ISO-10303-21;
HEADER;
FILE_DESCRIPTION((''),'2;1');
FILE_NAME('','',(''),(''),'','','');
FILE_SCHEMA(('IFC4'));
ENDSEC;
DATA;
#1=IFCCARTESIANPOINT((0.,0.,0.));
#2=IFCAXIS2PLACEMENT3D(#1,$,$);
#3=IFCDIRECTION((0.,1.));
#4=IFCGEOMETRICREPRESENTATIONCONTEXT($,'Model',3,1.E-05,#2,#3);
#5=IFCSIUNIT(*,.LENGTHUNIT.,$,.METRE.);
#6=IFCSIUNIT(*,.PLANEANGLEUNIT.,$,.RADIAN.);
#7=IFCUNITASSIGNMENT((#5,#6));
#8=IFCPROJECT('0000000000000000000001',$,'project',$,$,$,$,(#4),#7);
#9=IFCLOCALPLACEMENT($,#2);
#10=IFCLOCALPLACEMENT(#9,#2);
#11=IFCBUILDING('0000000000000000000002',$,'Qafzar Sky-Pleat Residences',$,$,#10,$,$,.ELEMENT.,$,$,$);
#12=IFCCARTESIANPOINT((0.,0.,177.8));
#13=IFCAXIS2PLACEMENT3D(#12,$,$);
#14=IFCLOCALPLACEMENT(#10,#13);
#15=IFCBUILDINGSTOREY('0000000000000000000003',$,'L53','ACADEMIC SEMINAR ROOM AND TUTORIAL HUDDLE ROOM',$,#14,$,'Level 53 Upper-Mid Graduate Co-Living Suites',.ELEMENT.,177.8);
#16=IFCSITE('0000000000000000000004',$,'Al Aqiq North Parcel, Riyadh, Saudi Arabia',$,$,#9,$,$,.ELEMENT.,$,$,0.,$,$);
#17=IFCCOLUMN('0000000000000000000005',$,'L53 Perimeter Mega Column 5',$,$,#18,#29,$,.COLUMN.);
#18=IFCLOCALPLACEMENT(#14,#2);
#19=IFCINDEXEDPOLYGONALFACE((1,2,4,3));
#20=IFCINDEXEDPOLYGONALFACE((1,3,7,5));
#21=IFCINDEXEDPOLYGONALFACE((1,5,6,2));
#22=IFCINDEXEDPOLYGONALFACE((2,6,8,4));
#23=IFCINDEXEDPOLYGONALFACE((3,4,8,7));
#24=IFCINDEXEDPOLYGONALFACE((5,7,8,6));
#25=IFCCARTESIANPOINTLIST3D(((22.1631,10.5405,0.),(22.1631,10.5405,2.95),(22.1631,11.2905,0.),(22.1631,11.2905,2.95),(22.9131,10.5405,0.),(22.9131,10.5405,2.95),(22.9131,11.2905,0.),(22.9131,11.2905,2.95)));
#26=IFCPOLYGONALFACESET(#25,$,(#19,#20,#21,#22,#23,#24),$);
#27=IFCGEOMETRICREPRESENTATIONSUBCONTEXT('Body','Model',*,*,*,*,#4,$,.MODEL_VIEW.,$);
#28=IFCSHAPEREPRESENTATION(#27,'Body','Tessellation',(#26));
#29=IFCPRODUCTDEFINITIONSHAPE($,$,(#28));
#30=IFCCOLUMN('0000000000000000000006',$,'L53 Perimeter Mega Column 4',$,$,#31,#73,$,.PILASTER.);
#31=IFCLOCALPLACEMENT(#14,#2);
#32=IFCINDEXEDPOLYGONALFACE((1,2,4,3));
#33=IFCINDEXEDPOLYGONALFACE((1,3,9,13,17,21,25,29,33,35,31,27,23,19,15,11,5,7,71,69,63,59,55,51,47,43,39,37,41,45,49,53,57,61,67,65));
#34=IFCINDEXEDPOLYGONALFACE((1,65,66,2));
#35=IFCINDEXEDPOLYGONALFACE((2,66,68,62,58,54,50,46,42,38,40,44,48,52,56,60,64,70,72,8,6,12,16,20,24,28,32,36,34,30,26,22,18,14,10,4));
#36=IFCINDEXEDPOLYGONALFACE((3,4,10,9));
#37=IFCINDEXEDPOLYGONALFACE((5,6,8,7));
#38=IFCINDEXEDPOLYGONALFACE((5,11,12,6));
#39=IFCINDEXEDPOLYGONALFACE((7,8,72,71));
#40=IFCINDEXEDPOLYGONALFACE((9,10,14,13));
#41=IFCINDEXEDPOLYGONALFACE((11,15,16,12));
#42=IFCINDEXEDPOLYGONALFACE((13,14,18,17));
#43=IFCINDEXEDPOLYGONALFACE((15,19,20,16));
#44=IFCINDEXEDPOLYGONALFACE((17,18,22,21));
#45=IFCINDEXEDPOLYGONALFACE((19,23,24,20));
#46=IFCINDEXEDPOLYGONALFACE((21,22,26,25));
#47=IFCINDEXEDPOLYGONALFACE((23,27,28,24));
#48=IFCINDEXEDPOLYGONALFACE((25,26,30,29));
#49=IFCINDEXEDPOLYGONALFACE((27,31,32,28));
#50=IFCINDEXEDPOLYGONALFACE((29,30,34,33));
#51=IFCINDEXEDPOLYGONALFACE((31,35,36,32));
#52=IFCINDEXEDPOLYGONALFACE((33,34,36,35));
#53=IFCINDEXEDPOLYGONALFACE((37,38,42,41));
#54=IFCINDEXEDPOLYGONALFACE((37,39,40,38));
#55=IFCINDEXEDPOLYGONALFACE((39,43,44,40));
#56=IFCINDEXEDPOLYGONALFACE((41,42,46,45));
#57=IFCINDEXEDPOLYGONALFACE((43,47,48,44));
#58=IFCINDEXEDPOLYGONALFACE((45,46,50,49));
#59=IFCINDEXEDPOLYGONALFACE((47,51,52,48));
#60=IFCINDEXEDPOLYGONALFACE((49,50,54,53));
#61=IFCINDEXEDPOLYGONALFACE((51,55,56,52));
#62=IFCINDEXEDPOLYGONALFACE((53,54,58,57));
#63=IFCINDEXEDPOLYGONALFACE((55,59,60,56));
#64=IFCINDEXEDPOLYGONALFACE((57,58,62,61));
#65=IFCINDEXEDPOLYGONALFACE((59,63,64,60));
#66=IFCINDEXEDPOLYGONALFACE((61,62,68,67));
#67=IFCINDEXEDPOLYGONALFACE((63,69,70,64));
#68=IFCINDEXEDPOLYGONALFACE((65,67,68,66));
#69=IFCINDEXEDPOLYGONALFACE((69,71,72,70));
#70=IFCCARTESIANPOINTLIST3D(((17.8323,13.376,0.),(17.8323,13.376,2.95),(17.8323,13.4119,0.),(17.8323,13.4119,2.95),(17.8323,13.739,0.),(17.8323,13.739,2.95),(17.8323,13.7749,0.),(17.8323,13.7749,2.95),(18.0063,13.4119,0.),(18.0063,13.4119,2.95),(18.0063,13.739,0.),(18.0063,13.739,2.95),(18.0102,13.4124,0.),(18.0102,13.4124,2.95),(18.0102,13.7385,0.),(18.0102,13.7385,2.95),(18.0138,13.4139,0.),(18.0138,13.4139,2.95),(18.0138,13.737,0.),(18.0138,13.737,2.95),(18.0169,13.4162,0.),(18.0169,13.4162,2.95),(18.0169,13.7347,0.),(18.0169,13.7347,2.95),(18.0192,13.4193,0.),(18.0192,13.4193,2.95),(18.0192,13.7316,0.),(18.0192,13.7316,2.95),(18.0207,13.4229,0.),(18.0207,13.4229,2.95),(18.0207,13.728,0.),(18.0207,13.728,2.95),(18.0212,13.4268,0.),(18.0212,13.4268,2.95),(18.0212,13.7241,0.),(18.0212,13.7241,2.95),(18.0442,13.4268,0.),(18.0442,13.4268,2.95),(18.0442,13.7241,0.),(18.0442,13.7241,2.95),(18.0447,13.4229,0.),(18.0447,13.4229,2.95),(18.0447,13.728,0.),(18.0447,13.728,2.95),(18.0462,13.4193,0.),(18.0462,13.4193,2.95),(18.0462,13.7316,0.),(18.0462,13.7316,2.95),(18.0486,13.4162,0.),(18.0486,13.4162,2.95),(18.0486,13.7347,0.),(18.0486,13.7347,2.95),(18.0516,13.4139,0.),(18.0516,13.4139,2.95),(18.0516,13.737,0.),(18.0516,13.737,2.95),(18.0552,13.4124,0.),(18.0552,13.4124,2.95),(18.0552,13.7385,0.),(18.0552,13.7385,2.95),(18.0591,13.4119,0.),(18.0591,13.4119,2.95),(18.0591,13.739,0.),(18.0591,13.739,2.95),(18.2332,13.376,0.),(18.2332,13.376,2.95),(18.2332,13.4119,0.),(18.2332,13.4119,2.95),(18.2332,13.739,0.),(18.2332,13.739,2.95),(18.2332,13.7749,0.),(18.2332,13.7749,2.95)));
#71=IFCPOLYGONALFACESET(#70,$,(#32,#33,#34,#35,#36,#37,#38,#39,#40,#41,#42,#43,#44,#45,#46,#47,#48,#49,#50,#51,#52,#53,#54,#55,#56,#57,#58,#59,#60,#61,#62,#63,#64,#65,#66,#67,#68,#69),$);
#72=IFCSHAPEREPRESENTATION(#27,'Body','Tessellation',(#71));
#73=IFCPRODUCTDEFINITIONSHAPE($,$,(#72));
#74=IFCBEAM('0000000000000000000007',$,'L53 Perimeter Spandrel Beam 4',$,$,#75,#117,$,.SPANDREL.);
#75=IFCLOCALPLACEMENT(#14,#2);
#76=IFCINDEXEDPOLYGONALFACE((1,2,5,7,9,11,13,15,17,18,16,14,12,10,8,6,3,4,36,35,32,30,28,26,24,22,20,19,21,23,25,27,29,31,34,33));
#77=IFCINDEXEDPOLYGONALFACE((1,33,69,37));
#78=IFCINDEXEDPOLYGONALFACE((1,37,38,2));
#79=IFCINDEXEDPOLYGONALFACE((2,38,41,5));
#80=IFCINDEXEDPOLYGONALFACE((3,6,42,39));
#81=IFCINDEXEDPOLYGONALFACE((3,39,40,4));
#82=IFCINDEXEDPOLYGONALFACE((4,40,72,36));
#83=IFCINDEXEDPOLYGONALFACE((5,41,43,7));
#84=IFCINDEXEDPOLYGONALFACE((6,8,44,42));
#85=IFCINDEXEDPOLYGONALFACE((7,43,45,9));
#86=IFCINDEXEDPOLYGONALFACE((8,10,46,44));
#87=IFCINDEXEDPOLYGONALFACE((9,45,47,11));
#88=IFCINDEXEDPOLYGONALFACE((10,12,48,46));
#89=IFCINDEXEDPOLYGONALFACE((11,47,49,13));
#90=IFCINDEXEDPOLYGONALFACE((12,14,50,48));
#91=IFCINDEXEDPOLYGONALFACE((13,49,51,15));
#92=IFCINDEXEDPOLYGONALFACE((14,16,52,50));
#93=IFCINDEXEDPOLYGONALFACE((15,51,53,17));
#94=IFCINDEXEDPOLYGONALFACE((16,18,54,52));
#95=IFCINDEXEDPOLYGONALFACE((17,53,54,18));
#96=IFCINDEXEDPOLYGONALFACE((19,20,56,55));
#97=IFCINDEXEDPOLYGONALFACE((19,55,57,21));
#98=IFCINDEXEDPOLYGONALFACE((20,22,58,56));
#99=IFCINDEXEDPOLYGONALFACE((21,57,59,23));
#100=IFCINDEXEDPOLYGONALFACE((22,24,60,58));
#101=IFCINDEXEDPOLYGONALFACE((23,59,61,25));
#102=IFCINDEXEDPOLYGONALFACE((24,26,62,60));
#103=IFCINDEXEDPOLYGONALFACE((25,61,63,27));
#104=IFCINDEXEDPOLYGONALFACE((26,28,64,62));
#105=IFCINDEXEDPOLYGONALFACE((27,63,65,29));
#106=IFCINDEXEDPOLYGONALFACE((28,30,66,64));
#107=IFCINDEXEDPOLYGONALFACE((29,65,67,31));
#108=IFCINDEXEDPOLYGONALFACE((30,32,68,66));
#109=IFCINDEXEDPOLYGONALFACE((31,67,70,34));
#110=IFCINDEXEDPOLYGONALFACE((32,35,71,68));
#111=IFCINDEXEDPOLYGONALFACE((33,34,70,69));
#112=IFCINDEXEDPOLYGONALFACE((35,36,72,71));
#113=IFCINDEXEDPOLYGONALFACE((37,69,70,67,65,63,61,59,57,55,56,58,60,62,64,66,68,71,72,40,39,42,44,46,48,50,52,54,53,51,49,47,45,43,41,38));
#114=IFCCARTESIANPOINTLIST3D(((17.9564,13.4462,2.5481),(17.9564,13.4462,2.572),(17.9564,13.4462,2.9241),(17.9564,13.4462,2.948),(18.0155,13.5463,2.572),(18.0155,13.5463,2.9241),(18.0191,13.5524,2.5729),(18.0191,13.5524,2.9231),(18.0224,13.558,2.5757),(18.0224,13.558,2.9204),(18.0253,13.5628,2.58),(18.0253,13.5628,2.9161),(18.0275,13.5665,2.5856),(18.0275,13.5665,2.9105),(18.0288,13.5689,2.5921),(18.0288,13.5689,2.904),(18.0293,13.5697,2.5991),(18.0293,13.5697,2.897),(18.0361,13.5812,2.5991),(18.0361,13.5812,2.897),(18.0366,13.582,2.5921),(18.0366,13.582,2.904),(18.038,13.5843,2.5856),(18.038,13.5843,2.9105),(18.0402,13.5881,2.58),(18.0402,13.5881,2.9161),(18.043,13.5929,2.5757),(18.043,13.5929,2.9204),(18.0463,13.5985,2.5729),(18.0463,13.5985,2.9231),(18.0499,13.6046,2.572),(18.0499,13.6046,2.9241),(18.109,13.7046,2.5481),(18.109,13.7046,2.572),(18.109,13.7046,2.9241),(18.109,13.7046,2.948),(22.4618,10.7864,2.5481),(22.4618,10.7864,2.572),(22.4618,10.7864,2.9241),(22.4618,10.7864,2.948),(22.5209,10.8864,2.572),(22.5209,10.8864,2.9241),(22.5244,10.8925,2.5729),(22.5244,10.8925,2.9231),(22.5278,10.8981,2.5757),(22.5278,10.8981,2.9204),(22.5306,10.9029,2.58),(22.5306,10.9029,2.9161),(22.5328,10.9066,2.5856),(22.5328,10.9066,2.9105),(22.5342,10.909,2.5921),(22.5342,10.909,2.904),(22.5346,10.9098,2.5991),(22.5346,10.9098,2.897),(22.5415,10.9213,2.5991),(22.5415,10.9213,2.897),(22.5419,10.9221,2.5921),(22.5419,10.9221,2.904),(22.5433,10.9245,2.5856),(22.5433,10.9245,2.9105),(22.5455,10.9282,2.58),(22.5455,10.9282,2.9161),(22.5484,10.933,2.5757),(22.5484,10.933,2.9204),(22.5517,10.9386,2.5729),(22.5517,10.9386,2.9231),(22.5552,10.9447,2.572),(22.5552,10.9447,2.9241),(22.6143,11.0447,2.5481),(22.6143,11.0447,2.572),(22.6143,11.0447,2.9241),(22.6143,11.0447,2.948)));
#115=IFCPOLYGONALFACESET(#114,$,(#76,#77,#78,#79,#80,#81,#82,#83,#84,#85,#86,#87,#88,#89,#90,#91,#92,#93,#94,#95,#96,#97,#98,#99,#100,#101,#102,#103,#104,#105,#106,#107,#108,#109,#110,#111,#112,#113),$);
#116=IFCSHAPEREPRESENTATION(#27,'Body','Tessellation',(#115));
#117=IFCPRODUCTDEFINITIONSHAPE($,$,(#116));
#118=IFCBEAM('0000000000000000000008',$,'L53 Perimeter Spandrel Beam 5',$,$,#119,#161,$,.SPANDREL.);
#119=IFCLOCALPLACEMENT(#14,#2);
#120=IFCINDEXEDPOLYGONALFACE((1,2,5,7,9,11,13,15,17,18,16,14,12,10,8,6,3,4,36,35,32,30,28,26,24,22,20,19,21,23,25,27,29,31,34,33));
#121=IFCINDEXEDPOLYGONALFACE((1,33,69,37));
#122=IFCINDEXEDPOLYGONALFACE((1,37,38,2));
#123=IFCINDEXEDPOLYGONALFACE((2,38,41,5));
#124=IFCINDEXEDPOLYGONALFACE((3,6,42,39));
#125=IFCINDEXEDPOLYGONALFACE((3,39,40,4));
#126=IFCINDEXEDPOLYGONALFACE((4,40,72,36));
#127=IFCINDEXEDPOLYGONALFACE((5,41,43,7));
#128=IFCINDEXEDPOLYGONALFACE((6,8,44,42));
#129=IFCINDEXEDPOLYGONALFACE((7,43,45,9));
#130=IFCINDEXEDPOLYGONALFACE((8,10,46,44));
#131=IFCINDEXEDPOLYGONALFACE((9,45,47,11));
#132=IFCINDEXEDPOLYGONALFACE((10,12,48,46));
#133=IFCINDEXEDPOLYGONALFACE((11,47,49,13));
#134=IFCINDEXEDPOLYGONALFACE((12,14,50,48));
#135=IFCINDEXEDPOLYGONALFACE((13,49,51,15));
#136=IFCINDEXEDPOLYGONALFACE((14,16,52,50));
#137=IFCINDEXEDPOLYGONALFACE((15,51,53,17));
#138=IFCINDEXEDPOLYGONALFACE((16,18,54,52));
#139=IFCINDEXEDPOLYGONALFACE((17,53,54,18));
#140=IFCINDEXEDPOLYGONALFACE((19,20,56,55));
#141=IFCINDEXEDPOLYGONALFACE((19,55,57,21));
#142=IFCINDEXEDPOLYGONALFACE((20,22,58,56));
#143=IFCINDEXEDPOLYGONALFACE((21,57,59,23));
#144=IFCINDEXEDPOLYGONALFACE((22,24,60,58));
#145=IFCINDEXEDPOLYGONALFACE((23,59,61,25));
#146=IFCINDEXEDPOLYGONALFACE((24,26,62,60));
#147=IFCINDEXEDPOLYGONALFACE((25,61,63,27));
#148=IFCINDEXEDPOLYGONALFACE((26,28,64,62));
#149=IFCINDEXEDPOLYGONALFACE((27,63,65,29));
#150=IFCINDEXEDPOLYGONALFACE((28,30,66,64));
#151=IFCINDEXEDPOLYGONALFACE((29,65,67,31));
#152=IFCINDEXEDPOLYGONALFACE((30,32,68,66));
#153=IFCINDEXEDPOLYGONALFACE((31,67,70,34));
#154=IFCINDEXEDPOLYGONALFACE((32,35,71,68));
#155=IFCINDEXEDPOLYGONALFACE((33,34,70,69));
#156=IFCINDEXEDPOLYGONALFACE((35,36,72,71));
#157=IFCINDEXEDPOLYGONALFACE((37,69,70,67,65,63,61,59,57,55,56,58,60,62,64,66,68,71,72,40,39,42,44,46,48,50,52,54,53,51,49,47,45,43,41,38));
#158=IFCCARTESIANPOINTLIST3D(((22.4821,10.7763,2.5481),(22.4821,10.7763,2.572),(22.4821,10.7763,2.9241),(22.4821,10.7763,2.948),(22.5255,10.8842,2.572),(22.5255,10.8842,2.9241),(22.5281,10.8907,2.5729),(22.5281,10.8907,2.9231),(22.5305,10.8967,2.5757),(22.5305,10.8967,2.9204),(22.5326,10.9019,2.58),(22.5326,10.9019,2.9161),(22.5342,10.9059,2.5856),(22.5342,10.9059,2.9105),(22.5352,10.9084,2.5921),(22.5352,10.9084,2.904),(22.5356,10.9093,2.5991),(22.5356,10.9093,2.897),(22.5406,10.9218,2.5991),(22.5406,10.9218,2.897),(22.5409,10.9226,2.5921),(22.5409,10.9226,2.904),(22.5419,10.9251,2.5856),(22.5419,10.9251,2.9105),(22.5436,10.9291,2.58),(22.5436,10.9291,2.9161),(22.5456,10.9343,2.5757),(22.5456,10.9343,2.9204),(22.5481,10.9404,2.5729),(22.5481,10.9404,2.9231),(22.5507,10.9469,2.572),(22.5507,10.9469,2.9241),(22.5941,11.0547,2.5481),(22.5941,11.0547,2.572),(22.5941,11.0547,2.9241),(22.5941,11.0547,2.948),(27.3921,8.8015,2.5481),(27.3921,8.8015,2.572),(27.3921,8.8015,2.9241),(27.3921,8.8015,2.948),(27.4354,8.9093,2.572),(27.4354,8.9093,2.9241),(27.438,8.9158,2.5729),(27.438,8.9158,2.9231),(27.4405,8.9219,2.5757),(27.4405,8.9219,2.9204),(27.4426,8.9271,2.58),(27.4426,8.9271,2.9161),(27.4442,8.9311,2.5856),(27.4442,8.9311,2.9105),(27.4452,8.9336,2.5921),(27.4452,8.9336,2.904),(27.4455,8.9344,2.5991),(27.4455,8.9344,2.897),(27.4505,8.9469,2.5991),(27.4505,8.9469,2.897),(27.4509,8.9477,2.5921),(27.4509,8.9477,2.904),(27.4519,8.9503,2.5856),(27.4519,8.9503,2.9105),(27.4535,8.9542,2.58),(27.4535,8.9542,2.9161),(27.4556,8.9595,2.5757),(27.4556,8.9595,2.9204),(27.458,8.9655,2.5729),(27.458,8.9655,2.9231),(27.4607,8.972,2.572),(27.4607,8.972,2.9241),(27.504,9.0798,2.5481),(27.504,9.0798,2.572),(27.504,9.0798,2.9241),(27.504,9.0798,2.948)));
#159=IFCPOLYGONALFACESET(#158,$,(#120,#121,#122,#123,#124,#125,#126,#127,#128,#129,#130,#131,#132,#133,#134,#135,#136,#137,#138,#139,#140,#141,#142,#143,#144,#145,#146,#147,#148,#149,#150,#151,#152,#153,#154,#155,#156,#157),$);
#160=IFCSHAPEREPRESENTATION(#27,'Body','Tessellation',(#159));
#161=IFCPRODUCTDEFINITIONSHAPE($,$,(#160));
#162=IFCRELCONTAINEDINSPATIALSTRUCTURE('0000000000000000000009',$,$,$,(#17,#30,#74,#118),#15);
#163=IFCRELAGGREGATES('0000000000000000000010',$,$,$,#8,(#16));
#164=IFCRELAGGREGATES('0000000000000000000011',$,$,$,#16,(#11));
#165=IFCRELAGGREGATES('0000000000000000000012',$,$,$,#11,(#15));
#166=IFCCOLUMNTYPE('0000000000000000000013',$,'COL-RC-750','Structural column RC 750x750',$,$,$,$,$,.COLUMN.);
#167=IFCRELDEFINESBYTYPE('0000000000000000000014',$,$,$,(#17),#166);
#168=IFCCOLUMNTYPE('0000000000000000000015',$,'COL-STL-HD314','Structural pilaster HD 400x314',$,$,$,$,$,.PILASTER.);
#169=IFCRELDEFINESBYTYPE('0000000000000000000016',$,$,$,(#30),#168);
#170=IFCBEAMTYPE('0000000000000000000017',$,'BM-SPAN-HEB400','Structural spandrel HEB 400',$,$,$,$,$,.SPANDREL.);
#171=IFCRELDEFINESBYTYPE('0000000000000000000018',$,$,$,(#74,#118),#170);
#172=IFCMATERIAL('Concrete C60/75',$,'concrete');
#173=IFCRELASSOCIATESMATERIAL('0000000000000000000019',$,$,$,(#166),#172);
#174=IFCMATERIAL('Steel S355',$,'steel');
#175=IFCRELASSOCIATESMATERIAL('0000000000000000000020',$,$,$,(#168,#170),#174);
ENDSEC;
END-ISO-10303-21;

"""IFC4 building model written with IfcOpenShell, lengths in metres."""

from ifc_helpers import new_model, si_unit, direction, frame, origin, origin_2d, place, context, subcontext, project, spatial, rectangle, i_section, extrude, source, transform, mapped, material, material_profile, profile_set, type_object, element, save


model = new_model("IFC4")

# Units and contexts
model_context = context("Model", 3, precision=1e-05, world=origin(), true_north=direction((0.0, 1.0)))
body_context = subcontext(model_context, "Body", "Model", "MODEL_VIEW")
ifc_project = project(units=[si_unit("LENGTHUNIT", "METRE"), si_unit("PLANEANGLEUNIT", "RADIAN")], contexts=[model_context])

# Site, building, storey
site_placement = place(None, origin())
site = spatial("IfcSite", under=ifc_project, at=site_placement, Name="Al Aqiq North Parcel, Riyadh, Saudi Arabia", CompositionType="ELEMENT", RefElevation=0.0)
building_placement = place(site_placement, origin())
building = spatial("IfcBuilding", under=site, at=building_placement, Name="Qafzar Sky-Pleat Residences", CompositionType="ELEMENT")
storey_placement = place(building_placement, frame((0.0, 0.0, 177.8)))
storey = spatial("IfcBuildingStorey", under=building, at=storey_placement, Name="L53", Description="ACADEMIC SEMINAR ROOM AND TUTORIAL HUDDLE ROOM", LongName="Level 53 Upper-Mid Graduate Co-Living Suites", CompositionType="ELEMENT", Elevation=177.8)

# Columns
ifc_material_1 = material(Name="Concrete C60/75", Category="concrete")
ifc_material_profile_1 = material_profile(ifc_material_1, rectangle(XDim=0.75, YDim=0.75, at=origin_2d()), Name="RC 750x750")
ifc_profile_set_1 = profile_set([ifc_material_profile_1], Name="Concrete C60/75")
column_type_1 = type_object("IfcColumnType", Name="COL-RC-750", Description="Structural column RC 750x750", PredefinedType="COLUMN", material=ifc_profile_set_1)
shared_shape_1 = source(origin(), body_context, "Body", "SweptSolid", [
    extrude(rectangle(XDim=0.75, YDim=0.75, at=origin_2d()), origin(), (0.0, 0.0, 1.0), 2.95),
])
column_1_placement = place(storey_placement, frame((22.5381, 10.9155, 0.0), z_axis=(0.0, 0.0, 1.0), x_axis=(1.0, 0.0, 0.0)))
element("IfcColumn", 1, at=column_1_placement, inside=storey, type_object=column_type_1, Name="L53 Perimeter Mega Column 5", PredefinedType="COLUMN", context=body_context, shape_type="MappedRepresentation", body=[
    mapped(shared_shape_1, transform((0.0, 0.0, 0.0), x_axis=(1.0, 0.0, 0.0), y_axis=(0.0, 1.0, 0.0), z_axis=(0.0, 0.0, 1.0), scale=1.0)),
])
ifc_material_2 = material(Name="Steel S355", Category="steel")
ifc_material_profile_2 = material_profile(ifc_material_2, i_section(OverallWidth=0.4009, OverallDepth=0.3989, WebThickness=0.0229, FlangeThickness=0.0359, FilletRadius=0.0149, at=origin_2d()), Name="HD 400x314")
ifc_profile_set_2 = profile_set([ifc_material_profile_2], Name="Steel S355")
column_type_2 = type_object("IfcColumnType", Name="COL-STL-HD314", Description="Structural pilaster HD 400x314", PredefinedType="PILASTER", material=ifc_profile_set_2)
shared_shape_2 = source(origin(), body_context, "Body", "SweptSolid", [
    extrude(i_section(OverallWidth=0.4009, OverallDepth=0.3989, WebThickness=0.0229, FlangeThickness=0.0359, FilletRadius=0.0149, at=origin_2d()), origin(), (0.0, 0.0, 1.0), 2.95),
])
column_2_placement = place(storey_placement, frame((18.0327, 13.5754, 0.0), z_axis=(0.0, 0.0, 1.0), x_axis=(1.0, 0.0, 0.0)))
element("IfcColumn", 2, at=column_2_placement, inside=storey, type_object=column_type_2, Name="L53 Perimeter Mega Column 4", PredefinedType="PILASTER", context=body_context, shape_type="MappedRepresentation", body=[
    mapped(shared_shape_2, transform((0.0, 0.0, 0.0), x_axis=(1.0, 0.0, 0.0), y_axis=(0.0, 1.0, 0.0), z_axis=(0.0, 0.0, 1.0), scale=1.0)),
])

# Beams
ifc_material_profile_3 = material_profile(ifc_material_2, i_section(OverallWidth=0.3, OverallDepth=0.3999, WebThickness=0.0134, FlangeThickness=0.0239, FilletRadius=0.0271, at=origin_2d()), Name="HEB 400")
ifc_profile_set_3 = profile_set([ifc_material_profile_3], Name="Steel S355")
beam_type_1 = type_object("IfcBeamType", Name="BM-SPAN-HEB400", Description="Structural spandrel HEB 400", PredefinedType="SPANDREL", material=ifc_profile_set_3)
shared_shape_3 = source(origin(), body_context, "Body", "SweptSolid", [
    extrude(i_section(OverallWidth=0.3, OverallDepth=0.3999, WebThickness=0.0134, FlangeThickness=0.0239, FilletRadius=0.0271, at=origin_2d()), origin(), (0.0, 0.0, 1.0), 5.2319),
])
beam_1_placement = place(storey_placement, frame((18.0327, 13.5754, 2.748), z_axis=(0.861123, -0.508396, 0.0), x_axis=(0.508396, 0.861123, 0.0)))
element("IfcBeam", 3, at=beam_1_placement, inside=storey, type_object=beam_type_1, Name="L53 Perimeter Spandrel Beam 4", PredefinedType="SPANDREL", context=body_context, shape_type="MappedRepresentation", body=[
    mapped(shared_shape_3, transform((0.0, 0.0, 0.0), x_axis=(1.0, 0.0, 0.0), y_axis=(0.0, 1.0, 0.0), z_axis=(0.0, 0.0, 1.0), scale=1.0)),
])
shared_shape_4 = source(origin(), body_context, "Body", "SweptSolid", [
    extrude(i_section(OverallWidth=0.3, OverallDepth=0.3999, WebThickness=0.0134, FlangeThickness=0.0239, FilletRadius=0.0271, at=origin_2d()), origin(), (0.0, 0.0, 1.0), 5.2922),
])
beam_2_placement = place(storey_placement, frame((22.5381, 10.9155, 2.748), z_axis=(0.927766, -0.373164, 0.0), x_axis=(0.373164, 0.927766, 0.0)))
element("IfcBeam", 4, at=beam_2_placement, inside=storey, type_object=beam_type_1, Name="L53 Perimeter Spandrel Beam 5", PredefinedType="SPANDREL", context=body_context, shape_type="MappedRepresentation", body=[
    mapped(shared_shape_4, transform((0.0, 0.0, 0.0), x_axis=(1.0, 0.0, 0.0), y_axis=(0.0, 1.0, 0.0), z_axis=(0.0, 0.0, 1.0), scale=1.0)),
])

save(model, "model.ifc")
